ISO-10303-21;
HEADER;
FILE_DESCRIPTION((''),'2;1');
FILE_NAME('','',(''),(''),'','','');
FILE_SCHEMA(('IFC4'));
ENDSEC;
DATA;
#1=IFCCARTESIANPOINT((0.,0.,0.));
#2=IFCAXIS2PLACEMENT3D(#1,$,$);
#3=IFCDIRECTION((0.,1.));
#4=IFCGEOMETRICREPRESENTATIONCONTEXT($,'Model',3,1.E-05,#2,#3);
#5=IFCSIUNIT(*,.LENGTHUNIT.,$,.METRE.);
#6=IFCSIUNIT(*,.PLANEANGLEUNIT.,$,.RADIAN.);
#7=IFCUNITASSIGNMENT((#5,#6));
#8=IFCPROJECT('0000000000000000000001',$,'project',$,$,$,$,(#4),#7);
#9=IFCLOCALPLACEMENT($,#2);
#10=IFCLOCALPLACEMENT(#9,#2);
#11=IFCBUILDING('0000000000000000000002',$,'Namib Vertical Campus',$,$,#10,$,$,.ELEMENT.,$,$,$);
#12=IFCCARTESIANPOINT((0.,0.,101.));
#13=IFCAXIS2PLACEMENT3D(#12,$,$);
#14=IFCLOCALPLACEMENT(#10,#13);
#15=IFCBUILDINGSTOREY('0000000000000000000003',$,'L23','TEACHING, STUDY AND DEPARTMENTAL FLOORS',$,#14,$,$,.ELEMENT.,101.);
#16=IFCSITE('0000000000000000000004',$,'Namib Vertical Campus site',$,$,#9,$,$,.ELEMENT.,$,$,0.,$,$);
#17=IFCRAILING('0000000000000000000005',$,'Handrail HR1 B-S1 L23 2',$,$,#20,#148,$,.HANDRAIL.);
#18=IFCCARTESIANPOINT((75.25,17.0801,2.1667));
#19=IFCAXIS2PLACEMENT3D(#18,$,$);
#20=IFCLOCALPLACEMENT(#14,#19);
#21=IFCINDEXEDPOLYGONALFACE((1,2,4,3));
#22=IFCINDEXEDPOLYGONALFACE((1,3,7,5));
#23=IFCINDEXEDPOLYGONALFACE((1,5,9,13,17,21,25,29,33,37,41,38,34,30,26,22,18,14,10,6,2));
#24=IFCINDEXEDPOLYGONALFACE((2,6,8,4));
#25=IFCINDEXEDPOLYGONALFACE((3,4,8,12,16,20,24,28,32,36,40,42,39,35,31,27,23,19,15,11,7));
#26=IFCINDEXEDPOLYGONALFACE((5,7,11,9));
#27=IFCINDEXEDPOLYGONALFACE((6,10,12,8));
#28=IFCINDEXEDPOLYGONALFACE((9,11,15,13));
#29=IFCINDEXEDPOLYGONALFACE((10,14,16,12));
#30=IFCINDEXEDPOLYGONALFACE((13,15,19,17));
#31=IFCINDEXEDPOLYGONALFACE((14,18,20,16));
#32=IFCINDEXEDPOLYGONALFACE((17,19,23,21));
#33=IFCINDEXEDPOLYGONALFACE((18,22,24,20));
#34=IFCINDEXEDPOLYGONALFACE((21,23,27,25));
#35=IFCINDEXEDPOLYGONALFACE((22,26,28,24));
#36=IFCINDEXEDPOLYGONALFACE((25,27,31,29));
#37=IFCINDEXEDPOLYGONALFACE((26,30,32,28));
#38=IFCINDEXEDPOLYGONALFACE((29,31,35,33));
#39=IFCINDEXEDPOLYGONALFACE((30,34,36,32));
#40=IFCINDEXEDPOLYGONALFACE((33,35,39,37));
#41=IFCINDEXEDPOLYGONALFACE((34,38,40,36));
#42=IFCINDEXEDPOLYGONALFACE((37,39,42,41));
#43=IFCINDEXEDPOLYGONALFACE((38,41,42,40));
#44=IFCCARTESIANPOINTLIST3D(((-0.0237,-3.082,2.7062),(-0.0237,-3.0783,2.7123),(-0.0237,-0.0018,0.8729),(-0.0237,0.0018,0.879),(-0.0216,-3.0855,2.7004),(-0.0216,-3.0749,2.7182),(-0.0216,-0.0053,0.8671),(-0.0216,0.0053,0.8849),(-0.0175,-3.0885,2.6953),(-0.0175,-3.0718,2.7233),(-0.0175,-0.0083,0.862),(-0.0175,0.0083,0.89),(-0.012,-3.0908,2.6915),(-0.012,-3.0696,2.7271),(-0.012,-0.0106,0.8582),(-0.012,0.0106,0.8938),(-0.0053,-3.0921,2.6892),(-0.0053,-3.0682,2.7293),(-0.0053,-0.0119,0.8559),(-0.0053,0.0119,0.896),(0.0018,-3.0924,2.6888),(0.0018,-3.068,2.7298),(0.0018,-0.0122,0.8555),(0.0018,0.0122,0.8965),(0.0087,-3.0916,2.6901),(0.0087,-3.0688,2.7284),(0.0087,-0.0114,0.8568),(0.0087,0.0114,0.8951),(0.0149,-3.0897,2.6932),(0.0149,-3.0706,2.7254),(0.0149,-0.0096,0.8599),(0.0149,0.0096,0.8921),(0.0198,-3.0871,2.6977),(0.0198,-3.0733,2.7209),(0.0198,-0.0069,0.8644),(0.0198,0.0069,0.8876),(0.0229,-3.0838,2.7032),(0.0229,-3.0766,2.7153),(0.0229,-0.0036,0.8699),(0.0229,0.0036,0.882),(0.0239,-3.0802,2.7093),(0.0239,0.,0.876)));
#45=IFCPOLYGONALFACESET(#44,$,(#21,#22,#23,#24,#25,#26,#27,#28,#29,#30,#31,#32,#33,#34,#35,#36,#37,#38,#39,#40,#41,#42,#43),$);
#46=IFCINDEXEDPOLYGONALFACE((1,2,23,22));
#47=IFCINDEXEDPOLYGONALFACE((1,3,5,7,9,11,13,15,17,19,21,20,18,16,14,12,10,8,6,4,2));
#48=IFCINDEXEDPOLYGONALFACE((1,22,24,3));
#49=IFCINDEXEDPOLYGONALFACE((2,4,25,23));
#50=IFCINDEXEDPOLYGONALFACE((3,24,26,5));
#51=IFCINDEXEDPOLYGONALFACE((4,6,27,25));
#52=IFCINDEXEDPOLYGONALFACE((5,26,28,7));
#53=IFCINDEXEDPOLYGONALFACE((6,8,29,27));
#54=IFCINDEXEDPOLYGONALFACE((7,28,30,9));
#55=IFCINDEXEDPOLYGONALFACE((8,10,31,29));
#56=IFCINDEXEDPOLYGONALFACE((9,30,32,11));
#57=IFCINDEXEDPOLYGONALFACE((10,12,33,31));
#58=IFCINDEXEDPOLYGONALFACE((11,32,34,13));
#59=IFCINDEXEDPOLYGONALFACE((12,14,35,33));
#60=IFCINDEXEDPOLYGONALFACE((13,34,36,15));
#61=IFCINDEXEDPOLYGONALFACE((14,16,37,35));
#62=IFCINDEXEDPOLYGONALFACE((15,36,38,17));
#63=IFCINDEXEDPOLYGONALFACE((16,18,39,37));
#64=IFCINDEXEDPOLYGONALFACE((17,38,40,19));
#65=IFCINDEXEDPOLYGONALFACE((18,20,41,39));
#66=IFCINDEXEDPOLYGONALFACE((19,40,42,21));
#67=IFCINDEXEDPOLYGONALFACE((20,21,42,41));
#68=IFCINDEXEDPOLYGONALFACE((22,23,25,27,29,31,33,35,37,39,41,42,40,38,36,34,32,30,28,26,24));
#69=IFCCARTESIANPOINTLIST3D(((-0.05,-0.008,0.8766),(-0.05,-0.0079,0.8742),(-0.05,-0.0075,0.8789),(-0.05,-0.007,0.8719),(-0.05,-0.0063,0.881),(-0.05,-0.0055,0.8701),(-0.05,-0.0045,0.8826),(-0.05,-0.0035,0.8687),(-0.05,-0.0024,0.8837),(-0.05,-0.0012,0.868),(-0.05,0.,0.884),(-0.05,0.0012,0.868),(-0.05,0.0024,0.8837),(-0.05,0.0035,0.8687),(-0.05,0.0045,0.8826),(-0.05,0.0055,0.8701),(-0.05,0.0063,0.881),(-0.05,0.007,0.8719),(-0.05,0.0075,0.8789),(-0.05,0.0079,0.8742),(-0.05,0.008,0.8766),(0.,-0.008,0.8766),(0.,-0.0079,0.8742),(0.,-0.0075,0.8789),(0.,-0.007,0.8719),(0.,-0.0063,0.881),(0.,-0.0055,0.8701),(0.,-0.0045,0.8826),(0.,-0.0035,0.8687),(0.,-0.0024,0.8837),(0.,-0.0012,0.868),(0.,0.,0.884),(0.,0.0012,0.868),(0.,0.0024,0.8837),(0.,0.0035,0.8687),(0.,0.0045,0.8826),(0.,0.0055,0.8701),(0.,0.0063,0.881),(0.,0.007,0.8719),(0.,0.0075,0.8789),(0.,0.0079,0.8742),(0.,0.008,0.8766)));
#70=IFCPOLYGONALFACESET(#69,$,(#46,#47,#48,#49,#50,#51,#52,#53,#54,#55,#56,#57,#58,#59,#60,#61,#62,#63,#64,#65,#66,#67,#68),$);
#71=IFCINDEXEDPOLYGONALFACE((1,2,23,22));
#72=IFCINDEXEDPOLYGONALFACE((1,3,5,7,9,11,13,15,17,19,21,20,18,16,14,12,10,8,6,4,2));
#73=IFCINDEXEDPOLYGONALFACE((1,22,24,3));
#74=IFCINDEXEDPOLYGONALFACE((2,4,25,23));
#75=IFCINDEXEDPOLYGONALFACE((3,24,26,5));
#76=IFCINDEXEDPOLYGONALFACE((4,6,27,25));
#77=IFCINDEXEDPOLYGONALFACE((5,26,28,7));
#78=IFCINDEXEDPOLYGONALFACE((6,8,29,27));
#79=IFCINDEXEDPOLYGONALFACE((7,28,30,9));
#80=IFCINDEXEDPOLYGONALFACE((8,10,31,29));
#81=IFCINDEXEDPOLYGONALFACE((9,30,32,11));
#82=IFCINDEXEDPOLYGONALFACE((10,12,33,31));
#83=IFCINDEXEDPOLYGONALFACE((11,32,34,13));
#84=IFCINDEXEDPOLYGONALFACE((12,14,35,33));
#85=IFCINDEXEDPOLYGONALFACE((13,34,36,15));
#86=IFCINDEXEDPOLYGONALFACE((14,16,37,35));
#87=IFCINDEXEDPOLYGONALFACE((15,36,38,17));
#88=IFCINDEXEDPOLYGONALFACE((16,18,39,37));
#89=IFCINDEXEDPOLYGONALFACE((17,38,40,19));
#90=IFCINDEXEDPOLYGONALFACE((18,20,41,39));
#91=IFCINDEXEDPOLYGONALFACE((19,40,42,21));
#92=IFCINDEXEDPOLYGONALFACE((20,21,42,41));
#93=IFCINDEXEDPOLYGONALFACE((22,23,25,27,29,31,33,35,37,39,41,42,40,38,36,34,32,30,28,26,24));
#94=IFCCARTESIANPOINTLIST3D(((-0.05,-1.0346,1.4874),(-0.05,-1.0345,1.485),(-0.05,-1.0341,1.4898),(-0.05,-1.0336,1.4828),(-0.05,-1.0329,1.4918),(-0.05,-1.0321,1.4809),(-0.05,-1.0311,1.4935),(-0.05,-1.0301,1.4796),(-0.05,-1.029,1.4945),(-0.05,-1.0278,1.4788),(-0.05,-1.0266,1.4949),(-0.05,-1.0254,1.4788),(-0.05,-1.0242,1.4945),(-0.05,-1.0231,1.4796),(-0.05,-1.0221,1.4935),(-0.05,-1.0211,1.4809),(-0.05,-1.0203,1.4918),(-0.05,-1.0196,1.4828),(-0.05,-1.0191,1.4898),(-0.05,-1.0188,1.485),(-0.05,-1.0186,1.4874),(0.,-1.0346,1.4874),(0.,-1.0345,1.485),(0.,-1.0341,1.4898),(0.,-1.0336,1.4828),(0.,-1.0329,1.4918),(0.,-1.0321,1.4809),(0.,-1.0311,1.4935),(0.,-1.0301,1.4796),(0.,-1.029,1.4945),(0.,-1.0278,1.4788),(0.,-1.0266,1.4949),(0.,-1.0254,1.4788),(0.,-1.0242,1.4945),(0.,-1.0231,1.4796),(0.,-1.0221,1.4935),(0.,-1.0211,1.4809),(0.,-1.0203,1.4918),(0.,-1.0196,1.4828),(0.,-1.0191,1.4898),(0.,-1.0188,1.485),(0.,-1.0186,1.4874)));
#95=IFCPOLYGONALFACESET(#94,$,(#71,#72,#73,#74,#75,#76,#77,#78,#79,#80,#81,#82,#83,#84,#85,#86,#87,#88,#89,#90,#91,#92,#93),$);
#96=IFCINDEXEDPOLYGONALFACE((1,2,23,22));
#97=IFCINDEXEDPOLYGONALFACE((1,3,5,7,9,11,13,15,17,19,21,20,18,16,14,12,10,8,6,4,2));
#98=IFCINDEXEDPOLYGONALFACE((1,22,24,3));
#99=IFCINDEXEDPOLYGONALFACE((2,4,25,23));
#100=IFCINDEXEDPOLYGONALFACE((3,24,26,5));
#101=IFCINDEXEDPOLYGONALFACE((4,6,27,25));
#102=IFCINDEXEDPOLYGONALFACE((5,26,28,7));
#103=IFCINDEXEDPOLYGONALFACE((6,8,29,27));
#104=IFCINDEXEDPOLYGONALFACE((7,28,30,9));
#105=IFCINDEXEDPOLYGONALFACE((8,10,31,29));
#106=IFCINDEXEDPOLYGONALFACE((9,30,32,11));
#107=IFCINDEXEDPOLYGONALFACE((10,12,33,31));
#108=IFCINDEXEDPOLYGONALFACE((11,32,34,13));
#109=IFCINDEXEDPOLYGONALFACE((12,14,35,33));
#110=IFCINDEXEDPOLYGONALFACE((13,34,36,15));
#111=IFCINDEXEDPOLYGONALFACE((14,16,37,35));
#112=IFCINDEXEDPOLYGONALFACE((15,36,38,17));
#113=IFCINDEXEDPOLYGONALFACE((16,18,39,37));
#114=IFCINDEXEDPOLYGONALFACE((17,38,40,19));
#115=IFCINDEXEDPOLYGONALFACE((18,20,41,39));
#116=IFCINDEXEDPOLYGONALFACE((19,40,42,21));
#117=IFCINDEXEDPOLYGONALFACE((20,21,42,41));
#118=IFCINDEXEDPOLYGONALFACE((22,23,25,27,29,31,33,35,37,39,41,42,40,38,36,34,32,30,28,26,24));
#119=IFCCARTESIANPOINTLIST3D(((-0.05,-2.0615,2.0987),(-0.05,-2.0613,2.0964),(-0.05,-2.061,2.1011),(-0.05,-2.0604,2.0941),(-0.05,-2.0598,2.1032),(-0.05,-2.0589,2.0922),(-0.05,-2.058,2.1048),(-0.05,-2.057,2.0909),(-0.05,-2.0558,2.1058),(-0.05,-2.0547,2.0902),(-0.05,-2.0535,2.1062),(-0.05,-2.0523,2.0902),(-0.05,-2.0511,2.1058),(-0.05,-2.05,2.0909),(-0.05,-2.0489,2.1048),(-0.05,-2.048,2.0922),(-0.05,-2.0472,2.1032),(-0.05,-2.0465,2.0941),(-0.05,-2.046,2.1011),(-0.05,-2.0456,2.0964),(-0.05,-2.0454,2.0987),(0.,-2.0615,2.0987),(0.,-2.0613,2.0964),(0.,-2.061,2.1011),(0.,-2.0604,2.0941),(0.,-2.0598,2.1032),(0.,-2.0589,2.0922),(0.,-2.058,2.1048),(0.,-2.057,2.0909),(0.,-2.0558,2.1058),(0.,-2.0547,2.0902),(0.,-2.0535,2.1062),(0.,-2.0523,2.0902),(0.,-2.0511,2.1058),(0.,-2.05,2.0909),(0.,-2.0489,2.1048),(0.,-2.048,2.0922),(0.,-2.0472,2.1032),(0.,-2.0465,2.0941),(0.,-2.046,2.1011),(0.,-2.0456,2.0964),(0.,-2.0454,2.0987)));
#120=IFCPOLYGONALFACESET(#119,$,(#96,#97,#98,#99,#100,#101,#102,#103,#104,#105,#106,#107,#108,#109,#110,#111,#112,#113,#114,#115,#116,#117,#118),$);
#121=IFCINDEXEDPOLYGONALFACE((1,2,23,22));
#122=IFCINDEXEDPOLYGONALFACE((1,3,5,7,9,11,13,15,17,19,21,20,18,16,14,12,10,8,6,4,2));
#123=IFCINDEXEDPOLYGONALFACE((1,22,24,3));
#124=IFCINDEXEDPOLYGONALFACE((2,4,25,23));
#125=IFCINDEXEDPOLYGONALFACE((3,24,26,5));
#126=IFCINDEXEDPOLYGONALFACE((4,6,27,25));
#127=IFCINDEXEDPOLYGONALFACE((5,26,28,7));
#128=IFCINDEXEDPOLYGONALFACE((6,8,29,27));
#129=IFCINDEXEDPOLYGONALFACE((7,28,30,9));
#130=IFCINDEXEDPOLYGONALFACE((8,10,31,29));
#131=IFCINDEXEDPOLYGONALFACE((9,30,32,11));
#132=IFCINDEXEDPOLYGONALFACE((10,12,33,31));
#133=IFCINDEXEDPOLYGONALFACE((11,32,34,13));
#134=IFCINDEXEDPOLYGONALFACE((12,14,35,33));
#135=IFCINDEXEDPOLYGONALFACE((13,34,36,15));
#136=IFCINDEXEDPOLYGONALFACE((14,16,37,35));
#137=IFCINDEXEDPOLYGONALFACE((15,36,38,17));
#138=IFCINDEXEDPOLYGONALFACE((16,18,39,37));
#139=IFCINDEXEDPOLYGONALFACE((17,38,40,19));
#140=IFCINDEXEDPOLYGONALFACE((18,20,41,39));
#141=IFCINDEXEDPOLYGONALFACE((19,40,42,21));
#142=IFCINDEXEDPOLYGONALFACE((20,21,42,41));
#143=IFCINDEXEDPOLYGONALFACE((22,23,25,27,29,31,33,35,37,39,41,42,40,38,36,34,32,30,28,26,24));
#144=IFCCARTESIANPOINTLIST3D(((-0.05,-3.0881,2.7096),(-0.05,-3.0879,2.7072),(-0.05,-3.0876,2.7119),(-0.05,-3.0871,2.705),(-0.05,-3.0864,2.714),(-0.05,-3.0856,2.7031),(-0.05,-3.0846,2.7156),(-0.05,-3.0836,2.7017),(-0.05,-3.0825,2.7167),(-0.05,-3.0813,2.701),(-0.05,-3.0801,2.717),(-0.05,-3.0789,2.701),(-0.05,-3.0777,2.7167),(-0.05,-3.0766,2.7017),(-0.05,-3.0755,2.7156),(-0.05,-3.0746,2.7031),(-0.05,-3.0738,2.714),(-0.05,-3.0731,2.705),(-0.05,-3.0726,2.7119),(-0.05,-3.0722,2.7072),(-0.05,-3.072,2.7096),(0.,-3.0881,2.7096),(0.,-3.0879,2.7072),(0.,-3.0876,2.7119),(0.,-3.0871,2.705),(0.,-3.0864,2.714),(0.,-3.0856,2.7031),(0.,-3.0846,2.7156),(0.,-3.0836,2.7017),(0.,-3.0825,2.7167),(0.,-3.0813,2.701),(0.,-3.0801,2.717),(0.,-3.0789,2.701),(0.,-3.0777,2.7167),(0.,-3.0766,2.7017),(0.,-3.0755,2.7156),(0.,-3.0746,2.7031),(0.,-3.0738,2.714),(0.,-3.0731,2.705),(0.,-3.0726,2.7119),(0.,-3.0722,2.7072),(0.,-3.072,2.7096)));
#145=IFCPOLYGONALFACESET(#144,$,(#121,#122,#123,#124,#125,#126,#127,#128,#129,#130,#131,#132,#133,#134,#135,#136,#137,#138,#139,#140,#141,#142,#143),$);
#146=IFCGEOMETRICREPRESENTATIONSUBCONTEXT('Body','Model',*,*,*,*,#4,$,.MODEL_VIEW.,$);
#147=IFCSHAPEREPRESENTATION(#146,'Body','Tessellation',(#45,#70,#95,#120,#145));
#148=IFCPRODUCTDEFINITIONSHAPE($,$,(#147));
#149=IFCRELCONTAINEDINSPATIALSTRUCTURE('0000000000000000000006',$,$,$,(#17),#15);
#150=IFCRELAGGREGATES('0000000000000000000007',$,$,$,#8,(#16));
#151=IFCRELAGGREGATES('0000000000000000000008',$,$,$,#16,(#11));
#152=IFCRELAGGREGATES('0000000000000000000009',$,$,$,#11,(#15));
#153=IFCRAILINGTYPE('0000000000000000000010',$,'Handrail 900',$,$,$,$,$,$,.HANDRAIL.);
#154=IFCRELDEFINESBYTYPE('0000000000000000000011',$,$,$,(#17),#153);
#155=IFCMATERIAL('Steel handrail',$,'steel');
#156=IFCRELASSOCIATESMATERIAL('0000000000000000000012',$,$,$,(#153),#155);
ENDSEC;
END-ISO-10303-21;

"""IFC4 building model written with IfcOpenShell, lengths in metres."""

from ifc_helpers import new_model, si_unit, direction, frame, origin, origin_2d, place, context, subcontext, project, spatial, circle, extrude, material, type_object, element, save


model = new_model("IFC4")

# Units and contexts
model_context = context("Model", 3, precision=1e-05, world=origin(), true_north=direction((0.0, 1.0)))
body_context = subcontext(model_context, "Body", "Model", "MODEL_VIEW")
ifc_project = project(units=[si_unit("LENGTHUNIT", "METRE"), si_unit("PLANEANGLEUNIT", "RADIAN")], contexts=[model_context])

# Site, building, storey
site_placement = place(None, origin())
site = spatial("IfcSite", under=ifc_project, at=site_placement, Name="Namib Vertical Campus site", CompositionType="ELEMENT", RefElevation=0.0)
building_placement = place(site_placement, origin())
building = spatial("IfcBuilding", under=site, at=building_placement, Name="Namib Vertical Campus", CompositionType="ELEMENT")
storey_placement = place(building_placement, frame((0.0, 0.0, 101.0)))
storey = spatial("IfcBuildingStorey", under=building, at=storey_placement, Name="L23", Description="TEACHING, STUDY AND DEPARTMENTAL FLOORS", CompositionType="ELEMENT", Elevation=101.0)

# Railing
ifc_material_1 = material(Name="Steel handrail", Category="steel")
railing_type_1 = type_object("IfcRailingType", Name="Handrail 900", PredefinedType="HANDRAIL", material=ifc_material_1)
railing_1_placement = place(storey_placement, frame((75.25, 17.0801, 2.1667)))
element("IfcRailing", 1, at=railing_1_placement, inside=storey, type_object=railing_type_1, Name="Handrail HR1 B-S1 L23 2", PredefinedType="HANDRAIL", context=body_context, shape_type="SweptSolid", body=[
    extrude(circle(Radius=0.0239, at=origin_2d()), frame((0.0, 0.0, 0.876), z_axis=(0.0, -0.859309, 0.511458), x_axis=(1.0, 0.0, 0.0)), (0.0, 0.0, 1.0), 3.5845),
    extrude(circle(Radius=0.0081, at=origin_2d()), frame((0.0, 0.0, 0.876), z_axis=(-1.0, 0.0, 0.0), x_axis=(0.0, 0.0, 1.0)), (0.0, 0.0, 1.0), 0.05),
    extrude(circle(Radius=0.0081, at=origin_2d()), frame((0.0, -1.0266, 1.4868), z_axis=(-1.0, 0.0, 0.0), x_axis=(0.0, 0.0, 1.0)), (0.0, 0.0, 1.0), 0.05),
    extrude(circle(Radius=0.0081, at=origin_2d()), frame((0.0, -2.0535, 2.0981), z_axis=(-1.0, 0.0, 0.0), x_axis=(0.0, 0.0, 1.0)), (0.0, 0.0, 1.0), 0.05),
    extrude(circle(Radius=0.0081, at=origin_2d()), frame((0.0, -3.0801, 2.709), z_axis=(-1.0, 0.0, 0.0), x_axis=(0.0, 0.0, 1.0)), (0.0, 0.0, 1.0), 0.05),
])

save(model, "model.ifc")
